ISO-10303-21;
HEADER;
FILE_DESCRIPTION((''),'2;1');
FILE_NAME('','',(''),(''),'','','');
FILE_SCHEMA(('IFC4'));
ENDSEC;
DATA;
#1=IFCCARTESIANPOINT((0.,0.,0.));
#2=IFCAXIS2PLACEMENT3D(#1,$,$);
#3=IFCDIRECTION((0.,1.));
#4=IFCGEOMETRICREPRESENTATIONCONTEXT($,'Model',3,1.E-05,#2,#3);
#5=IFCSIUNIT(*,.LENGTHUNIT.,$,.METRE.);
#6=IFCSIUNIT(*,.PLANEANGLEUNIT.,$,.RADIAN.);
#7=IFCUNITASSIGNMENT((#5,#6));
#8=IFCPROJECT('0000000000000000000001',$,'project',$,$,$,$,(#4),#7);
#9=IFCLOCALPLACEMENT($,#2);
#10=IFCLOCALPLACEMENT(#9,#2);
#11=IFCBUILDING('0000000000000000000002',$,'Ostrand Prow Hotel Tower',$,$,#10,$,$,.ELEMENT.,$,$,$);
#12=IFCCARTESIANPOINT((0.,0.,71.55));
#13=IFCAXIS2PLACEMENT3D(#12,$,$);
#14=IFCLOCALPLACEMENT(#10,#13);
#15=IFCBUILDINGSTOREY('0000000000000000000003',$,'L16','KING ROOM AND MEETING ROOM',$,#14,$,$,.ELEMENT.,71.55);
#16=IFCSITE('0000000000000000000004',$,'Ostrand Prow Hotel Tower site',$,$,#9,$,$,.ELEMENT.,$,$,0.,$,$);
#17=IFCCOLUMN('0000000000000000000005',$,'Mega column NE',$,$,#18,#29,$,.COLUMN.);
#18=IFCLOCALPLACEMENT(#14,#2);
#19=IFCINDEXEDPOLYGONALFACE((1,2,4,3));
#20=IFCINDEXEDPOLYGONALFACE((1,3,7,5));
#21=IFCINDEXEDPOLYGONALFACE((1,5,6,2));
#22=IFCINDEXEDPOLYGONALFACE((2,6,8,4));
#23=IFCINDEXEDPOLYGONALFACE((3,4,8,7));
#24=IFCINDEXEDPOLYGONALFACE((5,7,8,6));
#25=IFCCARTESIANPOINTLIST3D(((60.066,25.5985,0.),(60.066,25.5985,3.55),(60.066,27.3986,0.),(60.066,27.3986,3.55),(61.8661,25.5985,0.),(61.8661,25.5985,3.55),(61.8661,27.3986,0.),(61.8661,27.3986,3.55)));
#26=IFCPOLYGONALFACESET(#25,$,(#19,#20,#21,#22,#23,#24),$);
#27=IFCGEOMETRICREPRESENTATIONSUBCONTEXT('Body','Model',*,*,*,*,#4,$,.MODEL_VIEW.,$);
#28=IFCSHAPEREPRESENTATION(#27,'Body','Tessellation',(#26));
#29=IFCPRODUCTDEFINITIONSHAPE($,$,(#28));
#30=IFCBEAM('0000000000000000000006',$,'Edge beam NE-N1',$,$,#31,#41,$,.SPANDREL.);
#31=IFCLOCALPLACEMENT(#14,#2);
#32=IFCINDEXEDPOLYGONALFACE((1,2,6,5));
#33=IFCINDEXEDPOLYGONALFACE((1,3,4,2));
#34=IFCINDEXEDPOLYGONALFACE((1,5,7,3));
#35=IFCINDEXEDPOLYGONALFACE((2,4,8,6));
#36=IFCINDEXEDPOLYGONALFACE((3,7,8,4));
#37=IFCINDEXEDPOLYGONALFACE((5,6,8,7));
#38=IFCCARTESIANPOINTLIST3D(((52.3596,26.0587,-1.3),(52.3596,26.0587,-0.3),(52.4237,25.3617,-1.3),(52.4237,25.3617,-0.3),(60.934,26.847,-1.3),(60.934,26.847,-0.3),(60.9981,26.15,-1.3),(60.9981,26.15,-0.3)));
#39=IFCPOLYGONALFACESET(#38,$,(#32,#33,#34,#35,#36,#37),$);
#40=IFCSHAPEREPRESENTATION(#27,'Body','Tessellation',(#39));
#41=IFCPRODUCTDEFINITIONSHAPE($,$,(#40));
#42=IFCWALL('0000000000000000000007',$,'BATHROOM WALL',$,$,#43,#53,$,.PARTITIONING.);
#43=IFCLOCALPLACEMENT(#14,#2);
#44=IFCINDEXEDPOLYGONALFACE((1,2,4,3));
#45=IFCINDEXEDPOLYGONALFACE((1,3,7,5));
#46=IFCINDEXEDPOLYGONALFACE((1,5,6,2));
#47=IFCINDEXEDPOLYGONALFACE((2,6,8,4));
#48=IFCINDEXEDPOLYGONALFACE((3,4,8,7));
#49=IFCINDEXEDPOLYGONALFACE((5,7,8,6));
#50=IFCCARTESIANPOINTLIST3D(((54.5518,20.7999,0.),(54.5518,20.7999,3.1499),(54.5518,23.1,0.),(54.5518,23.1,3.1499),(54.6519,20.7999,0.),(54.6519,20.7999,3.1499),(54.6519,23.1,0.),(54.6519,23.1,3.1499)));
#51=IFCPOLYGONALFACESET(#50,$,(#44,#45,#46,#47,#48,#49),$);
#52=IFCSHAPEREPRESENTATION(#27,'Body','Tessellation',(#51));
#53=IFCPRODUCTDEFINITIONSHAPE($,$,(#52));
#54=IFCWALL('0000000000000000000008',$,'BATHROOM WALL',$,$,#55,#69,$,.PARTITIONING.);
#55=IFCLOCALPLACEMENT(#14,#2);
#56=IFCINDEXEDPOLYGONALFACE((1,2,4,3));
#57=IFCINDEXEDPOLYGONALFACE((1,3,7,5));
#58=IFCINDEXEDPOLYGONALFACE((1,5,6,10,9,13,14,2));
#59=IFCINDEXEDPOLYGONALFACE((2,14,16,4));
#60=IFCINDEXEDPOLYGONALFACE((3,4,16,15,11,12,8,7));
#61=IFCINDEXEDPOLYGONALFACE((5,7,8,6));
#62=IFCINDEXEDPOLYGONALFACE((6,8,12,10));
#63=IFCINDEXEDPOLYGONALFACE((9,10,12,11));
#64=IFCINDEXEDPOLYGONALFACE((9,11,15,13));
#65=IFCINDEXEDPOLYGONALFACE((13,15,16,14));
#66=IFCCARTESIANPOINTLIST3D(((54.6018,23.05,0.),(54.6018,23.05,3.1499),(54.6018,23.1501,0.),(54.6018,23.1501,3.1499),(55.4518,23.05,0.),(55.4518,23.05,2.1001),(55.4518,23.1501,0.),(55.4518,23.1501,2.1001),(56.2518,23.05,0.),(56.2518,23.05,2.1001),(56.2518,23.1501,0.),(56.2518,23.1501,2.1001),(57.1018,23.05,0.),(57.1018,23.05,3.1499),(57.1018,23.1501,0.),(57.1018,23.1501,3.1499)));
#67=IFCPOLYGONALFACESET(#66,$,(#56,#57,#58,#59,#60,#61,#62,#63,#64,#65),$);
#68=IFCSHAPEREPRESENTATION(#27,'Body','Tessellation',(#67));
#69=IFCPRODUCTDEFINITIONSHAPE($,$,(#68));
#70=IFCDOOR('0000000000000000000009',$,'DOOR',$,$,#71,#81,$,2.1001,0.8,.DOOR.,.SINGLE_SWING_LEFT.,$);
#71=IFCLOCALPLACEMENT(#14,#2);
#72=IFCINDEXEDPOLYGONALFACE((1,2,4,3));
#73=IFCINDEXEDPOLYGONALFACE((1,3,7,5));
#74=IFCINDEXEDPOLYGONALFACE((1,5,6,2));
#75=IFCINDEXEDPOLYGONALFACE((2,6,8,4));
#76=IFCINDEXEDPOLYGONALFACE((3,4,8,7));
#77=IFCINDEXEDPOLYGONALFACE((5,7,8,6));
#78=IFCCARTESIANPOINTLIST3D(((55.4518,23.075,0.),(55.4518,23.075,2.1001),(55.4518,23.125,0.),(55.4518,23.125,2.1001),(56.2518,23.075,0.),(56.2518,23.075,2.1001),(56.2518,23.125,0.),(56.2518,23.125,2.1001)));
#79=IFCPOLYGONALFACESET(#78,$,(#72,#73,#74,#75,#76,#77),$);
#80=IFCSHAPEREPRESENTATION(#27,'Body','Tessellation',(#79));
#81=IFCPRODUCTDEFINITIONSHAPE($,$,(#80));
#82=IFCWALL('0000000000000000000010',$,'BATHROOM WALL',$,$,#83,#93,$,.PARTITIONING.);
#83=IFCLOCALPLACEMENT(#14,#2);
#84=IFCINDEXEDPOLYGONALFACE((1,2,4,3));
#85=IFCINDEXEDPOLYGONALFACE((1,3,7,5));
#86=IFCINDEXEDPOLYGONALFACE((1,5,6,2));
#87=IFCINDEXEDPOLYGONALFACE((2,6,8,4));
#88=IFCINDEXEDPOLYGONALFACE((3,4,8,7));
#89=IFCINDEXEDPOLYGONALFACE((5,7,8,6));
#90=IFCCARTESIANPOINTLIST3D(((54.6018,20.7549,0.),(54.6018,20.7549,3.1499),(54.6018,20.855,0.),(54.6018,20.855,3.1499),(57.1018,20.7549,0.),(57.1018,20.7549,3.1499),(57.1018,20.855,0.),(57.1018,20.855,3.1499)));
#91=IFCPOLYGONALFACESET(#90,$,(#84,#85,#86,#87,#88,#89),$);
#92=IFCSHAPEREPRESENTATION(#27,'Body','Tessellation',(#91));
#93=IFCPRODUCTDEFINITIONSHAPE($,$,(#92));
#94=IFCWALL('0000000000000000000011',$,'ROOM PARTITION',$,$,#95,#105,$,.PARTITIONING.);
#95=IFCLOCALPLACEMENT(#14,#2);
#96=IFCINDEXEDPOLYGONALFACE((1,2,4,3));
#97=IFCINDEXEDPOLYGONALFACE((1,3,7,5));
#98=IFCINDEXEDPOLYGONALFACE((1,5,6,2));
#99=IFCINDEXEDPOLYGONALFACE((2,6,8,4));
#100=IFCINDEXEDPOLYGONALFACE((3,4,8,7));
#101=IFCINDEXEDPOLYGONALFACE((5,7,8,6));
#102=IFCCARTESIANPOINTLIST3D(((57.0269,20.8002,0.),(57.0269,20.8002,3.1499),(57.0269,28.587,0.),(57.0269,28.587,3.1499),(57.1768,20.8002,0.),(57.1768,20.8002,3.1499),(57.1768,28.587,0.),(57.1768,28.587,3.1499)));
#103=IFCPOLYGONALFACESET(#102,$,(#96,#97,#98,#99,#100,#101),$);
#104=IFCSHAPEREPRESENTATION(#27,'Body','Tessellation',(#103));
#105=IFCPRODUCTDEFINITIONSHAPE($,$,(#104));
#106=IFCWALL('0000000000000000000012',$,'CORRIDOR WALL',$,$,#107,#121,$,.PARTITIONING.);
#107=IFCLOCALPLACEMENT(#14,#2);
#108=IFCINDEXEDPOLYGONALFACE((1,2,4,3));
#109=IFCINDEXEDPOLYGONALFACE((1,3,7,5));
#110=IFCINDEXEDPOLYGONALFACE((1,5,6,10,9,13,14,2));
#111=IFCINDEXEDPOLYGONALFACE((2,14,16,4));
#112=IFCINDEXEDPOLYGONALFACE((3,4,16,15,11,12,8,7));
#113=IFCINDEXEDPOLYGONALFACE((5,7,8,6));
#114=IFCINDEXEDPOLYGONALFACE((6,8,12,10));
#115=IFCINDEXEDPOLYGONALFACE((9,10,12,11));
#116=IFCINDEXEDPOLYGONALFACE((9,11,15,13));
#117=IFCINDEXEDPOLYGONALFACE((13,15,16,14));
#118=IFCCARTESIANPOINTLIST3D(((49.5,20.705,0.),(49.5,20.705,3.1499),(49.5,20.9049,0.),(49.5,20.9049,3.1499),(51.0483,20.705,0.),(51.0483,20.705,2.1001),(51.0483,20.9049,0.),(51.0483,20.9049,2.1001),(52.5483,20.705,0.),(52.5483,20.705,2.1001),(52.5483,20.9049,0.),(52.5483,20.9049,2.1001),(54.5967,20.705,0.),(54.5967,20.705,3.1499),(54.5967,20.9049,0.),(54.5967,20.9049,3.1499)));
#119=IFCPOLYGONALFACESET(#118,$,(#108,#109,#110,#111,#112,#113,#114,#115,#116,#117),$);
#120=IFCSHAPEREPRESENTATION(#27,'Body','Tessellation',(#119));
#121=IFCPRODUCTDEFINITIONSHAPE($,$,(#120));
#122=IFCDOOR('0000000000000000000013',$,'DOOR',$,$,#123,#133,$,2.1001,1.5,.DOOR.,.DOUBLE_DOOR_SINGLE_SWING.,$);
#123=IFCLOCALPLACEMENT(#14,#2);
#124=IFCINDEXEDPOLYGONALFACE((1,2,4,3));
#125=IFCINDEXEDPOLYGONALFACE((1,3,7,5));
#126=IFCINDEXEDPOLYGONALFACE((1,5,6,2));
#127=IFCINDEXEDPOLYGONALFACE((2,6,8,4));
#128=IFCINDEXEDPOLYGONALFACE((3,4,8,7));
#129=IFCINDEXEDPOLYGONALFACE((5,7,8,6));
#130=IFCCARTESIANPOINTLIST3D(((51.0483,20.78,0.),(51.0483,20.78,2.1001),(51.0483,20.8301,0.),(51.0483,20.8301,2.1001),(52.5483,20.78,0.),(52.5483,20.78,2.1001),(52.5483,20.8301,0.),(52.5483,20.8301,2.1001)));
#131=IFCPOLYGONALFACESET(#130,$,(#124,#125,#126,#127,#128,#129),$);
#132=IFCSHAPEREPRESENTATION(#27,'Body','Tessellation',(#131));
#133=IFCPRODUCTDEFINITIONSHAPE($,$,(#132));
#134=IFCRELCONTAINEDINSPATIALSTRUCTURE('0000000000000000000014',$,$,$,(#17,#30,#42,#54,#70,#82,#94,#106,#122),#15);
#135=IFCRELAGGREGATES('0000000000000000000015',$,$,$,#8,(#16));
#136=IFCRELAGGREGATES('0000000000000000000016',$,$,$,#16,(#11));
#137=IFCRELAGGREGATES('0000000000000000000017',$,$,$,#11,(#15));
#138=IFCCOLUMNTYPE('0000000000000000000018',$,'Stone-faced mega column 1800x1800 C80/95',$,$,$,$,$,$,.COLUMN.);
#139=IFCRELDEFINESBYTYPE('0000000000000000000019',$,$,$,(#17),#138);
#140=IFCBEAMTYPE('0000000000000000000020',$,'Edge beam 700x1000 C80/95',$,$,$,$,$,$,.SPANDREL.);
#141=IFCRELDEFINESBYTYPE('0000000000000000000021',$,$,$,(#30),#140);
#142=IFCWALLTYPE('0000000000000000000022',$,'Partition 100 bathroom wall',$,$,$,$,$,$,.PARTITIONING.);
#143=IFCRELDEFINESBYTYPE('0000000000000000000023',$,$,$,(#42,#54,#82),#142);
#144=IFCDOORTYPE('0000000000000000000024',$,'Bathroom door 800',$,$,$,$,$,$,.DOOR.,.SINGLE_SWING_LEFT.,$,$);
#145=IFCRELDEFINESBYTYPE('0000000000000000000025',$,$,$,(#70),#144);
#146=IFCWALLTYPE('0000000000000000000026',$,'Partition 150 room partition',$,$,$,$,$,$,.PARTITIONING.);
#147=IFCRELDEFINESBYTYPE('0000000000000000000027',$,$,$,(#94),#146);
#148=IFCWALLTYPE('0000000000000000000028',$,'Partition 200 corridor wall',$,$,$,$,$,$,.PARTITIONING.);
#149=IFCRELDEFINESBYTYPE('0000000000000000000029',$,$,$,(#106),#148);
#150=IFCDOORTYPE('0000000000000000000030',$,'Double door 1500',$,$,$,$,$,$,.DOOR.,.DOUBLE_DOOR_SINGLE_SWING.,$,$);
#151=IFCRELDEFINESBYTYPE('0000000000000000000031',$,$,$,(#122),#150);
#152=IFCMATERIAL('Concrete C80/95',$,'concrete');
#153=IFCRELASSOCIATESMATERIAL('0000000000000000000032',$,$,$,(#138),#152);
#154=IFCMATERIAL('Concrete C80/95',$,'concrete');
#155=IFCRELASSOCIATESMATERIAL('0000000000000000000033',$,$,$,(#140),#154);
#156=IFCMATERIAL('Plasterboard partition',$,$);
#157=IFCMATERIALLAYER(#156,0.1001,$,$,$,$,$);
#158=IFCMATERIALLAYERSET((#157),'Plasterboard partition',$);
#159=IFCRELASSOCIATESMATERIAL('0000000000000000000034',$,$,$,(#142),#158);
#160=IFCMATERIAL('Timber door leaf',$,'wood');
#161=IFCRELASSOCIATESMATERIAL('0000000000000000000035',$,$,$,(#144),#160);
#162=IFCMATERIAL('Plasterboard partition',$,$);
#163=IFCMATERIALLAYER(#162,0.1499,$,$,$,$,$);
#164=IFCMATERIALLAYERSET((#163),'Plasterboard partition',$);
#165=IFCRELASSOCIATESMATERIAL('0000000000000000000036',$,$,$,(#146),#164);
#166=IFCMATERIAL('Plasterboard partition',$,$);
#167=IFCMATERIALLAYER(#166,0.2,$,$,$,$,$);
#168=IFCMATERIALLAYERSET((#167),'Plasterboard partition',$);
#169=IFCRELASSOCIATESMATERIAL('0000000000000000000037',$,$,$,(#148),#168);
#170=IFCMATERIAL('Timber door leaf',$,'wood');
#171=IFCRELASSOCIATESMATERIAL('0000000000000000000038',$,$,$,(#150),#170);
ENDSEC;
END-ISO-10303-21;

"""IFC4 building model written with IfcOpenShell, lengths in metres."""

from ifc_helpers import new_model, si_unit, direction, frame, frame_2d, origin, origin_2d, place, context, subcontext, project, spatial, rectangle, extrude, material, layer, layer_set, material_profile, profile_set, type_object, element, fill, save


model = new_model("IFC4")

# Units and contexts
model_context = context("Model", 3, precision=1e-05, world=origin(), true_north=direction((0.0, 1.0)))
body_context = subcontext(model_context, "Body", "Model", "MODEL_VIEW")
ifc_project = project(units=[si_unit("LENGTHUNIT", "METRE"), si_unit("PLANEANGLEUNIT", "RADIAN")], contexts=[model_context])

# Site, building, storey
site_placement = place(None, origin())
site = spatial("IfcSite", under=ifc_project, at=site_placement, Name="Ostrand Prow Hotel Tower site", CompositionType="ELEMENT", RefElevation=0.0)
building_placement = place(site_placement, origin())
building = spatial("IfcBuilding", under=site, at=building_placement, Name="Ostrand Prow Hotel Tower", CompositionType="ELEMENT")
storey_placement = place(building_placement, frame((0.0, 0.0, 71.55)))
storey = spatial("IfcBuildingStorey", under=building, at=storey_placement, Name="L16", Description="KING ROOM AND MEETING ROOM", CompositionType="ELEMENT", Elevation=71.55)

# Column
ifc_material_1 = material(Name="Concrete C80/95", Category="concrete")
ifc_material_profile_1 = material_profile(ifc_material_1, rectangle(XDim=1.8, YDim=1.8, at=origin_2d()), Name="RC 1800x1800")
ifc_profile_set_1 = profile_set([ifc_material_profile_1], Name="Concrete C80/95")
column_type = type_object("IfcColumnType", Name="Stone-faced mega column 1800x1800 C80/95", PredefinedType="COLUMN", material=ifc_profile_set_1)
column_placement = place(storey_placement, frame((60.9661, 26.4985, 0.0), z_axis=(0.0, 0.0, 1.0), x_axis=(1.0, 0.0, 0.0)))
element("IfcColumn", 1, at=column_placement, inside=storey, type_object=column_type, Name="Mega column NE", PredefinedType="COLUMN", context=body_context, shape_type="SweptSolid", body=[
    extrude(rectangle(XDim=1.8, YDim=1.8, at=origin_2d()), origin(), (0.0, 0.0, 1.0), 3.55),
])

# Beam
ifc_material_2 = material(Name="Concrete C80/95", Category="concrete")
ifc_material_profile_2 = material_profile(ifc_material_2, rectangle(XDim=0.7, YDim=1.0, at=origin_2d()), Name="RC 700x1000")
ifc_profile_set_2 = profile_set([ifc_material_profile_2], Name="Concrete C80/95")
beam_type = type_object("IfcBeamType", Name="Edge beam 700x1000 C80/95", PredefinedType="SPANDREL", material=ifc_profile_set_2)
beam_placement = place(storey_placement, frame((60.9661, 26.4985, -0.8), z_axis=(-0.9958, -0.091553, 0.0), x_axis=(0.091553, -0.9958, 0.0)))
element("IfcBeam", 2, at=beam_placement, inside=storey, type_object=beam_type, Name="Edge beam NE-N1", PredefinedType="SPANDREL", context=body_context, shape_type="SweptSolid", body=[
    extrude(rectangle(XDim=0.7, YDim=1.0, at=origin_2d()), origin(), (0.0, 0.0, 1.0), 8.6106),
])

# Wall
ifc_material_3 = material(Name="Plasterboard partition")
ifc_layer_1 = layer(ifc_material_3, 0.1001)
ifc_layer_set_1 = layer_set([ifc_layer_1], Name="Plasterboard partition")
wall_type_1 = type_object("IfcWallType", Name="Partition 100 bathroom wall", PredefinedType="PARTITIONING", material=ifc_layer_set_1)
wall_1_placement = place(storey_placement, frame((54.6018, 20.8, 0.0), z_axis=(0.0, 0.0, 1.0), x_axis=(0.0, 1.0, 0.0)))
element("IfcWall", 3, at=wall_1_placement, inside=storey, type_object=wall_type_1, Name="BATHROOM WALL", PredefinedType="PARTITIONING", context=body_context, shape_type="SweptSolid", body=[
    extrude(rectangle(XDim=2.3, YDim=0.1001, at=frame_2d((1.1499, 0.0))), origin(), (0.0, 0.0, 1.0), 3.1499),
])

# Wall, opening, door
wall_2_placement = place(storey_placement, frame((54.6018, 23.1001, 0.0), z_axis=(0.0, 0.0, 1.0), x_axis=(1.0, 0.0, 0.0)))
wall_2 = element("IfcWall", 4, at=wall_2_placement, inside=storey, type_object=wall_type_1, Name="BATHROOM WALL", PredefinedType="PARTITIONING", context=body_context, shape_type="SweptSolid", body=[
    extrude(rectangle(XDim=2.5, YDim=0.1001, at=frame_2d((1.25, 0.0))), origin(), (0.0, 0.0, 1.0), 3.1499),
])
opening_1_placement = place(wall_2_placement, frame((0.8501, 0.0, 0.0)))
opening_1 = element("IfcOpeningElement", 5, at=opening_1_placement, cuts=wall_2, PredefinedType="OPENING", context=body_context, shape_type="SweptSolid", body=[
    extrude(rectangle(XDim=0.8, YDim=2.1001, at=frame_2d((0.3999, 1.05))), frame((0.0, 0.0601, 0.0), z_axis=(0.0, -1.0, 0.0), x_axis=(1.0, 0.0, 0.0)), (0.0, 0.0, 1.0), 0.1201),
])
ifc_material_4 = material(Name="Timber door leaf", Category="wood")
door_type_1 = type_object("IfcDoorType", Name="Bathroom door 800", OperationType="SINGLE_SWING_LEFT", PredefinedType="DOOR", material=ifc_material_4)
door_1_placement = place(opening_1_placement, origin())
door_1 = element("IfcDoor", 6, at=door_1_placement, inside=storey, type_object=door_type_1, Name="DOOR", OperationType="SINGLE_SWING_LEFT", OverallHeight=2.1001, OverallWidth=0.8, PredefinedType="DOOR", context=body_context, shape_type="SweptSolid", body=[
    extrude(rectangle(XDim=0.8, YDim=2.1001, at=frame_2d((0.3999, 1.05))), frame((0.0, 0.0249, 0.0), z_axis=(0.0, -1.0, 0.0), x_axis=(1.0, 0.0, 0.0)), (0.0, 0.0, 1.0), 0.05),
])
fill(opening_1, door_1)

# Walls
wall_3_placement = place(storey_placement, frame((57.1018, 20.8049, 0.0), z_axis=(0.0, 0.0, 1.0), x_axis=(-1.0, 0.0, 0.0)))
element("IfcWall", 7, at=wall_3_placement, inside=storey, type_object=wall_type_1, Name="BATHROOM WALL", PredefinedType="PARTITIONING", context=body_context, shape_type="SweptSolid", body=[
    extrude(rectangle(XDim=2.5, YDim=0.1001, at=frame_2d((1.25, 0.0))), origin(), (0.0, 0.0, 1.0), 3.1499),
])
ifc_material_5 = material(Name="Plasterboard partition")
ifc_layer_2 = layer(ifc_material_5, 0.1499)
ifc_layer_set_2 = layer_set([ifc_layer_2], Name="Plasterboard partition")
wall_type_2 = type_object("IfcWallType", Name="Partition 150 room partition", PredefinedType="PARTITIONING", material=ifc_layer_set_2)
wall_4_placement = place(storey_placement, frame((57.1018, 20.8, 0.0), z_axis=(0.0, 0.0, 1.0), x_axis=(0.0, 1.0, 0.0)))
element("IfcWall", 8, at=wall_4_placement, inside=storey, type_object=wall_type_2, Name="ROOM PARTITION", PredefinedType="PARTITIONING", context=body_context, shape_type="SweptSolid", body=[
    extrude(rectangle(XDim=7.7869, YDim=0.1499, at=frame_2d((3.8936, 0.0))), origin(), (0.0, 0.0, 1.0), 3.1499),
])

# Wall, opening, door
ifc_material_6 = material(Name="Plasterboard partition")
ifc_layer_3 = layer(ifc_material_6, 0.2)
ifc_layer_set_3 = layer_set([ifc_layer_3], Name="Plasterboard partition")
wall_type_3 = type_object("IfcWallType", Name="Partition 200 corridor wall", PredefinedType="PARTITIONING", material=ifc_layer_set_3)
wall_5_placement = place(storey_placement, frame((54.5967, 20.8049, 0.0), z_axis=(0.0, 0.0, 1.0), x_axis=(-1.0, 0.0, 0.0)))
wall_5 = element("IfcWall", 9, at=wall_5_placement, inside=storey, type_object=wall_type_3, Name="CORRIDOR WALL", PredefinedType="PARTITIONING", context=body_context, shape_type="SweptSolid", body=[
    extrude(rectangle(XDim=5.0967, YDim=0.2, at=frame_2d((2.5483, 0.0))), origin(), (0.0, 0.0, 1.0), 3.1499),
])
opening_2_placement = place(wall_5_placement, frame((2.0483, 0.0, 0.0)))
opening_2 = element("IfcOpeningElement", 10, at=opening_2_placement, cuts=wall_5, PredefinedType="OPENING", context=body_context, shape_type="SweptSolid", body=[
    extrude(rectangle(XDim=1.5, YDim=2.1001, at=frame_2d((0.75, 1.05))), frame((0.0, 0.1099, 0.0), z_axis=(0.0, -1.0, 0.0), x_axis=(1.0, 0.0, 0.0)), (0.0, 0.0, 1.0), 0.22),
])
ifc_material_7 = material(Name="Timber door leaf", Category="wood")
door_type_2 = type_object("IfcDoorType", Name="Double door 1500", OperationType="DOUBLE_DOOR_SINGLE_SWING", PredefinedType="DOOR", material=ifc_material_7)
door_2_placement = place(opening_2_placement, origin())
door_2 = element("IfcDoor", 11, at=door_2_placement, inside=storey, type_object=door_type_2, Name="DOOR", OperationType="DOUBLE_DOOR_SINGLE_SWING", OverallHeight=2.1001, OverallWidth=1.5, PredefinedType="DOOR", context=body_context, shape_type="SweptSolid", body=[
    extrude(rectangle(XDim=1.5, YDim=2.1001, at=frame_2d((0.75, 1.05))), frame((0.0, 0.0249, 0.0), z_axis=(0.0, -1.0, 0.0), x_axis=(1.0, 0.0, 0.0)), (0.0, 0.0, 1.0), 0.05),
])
fill(opening_2, door_2)

save(model, "model.ifc")
